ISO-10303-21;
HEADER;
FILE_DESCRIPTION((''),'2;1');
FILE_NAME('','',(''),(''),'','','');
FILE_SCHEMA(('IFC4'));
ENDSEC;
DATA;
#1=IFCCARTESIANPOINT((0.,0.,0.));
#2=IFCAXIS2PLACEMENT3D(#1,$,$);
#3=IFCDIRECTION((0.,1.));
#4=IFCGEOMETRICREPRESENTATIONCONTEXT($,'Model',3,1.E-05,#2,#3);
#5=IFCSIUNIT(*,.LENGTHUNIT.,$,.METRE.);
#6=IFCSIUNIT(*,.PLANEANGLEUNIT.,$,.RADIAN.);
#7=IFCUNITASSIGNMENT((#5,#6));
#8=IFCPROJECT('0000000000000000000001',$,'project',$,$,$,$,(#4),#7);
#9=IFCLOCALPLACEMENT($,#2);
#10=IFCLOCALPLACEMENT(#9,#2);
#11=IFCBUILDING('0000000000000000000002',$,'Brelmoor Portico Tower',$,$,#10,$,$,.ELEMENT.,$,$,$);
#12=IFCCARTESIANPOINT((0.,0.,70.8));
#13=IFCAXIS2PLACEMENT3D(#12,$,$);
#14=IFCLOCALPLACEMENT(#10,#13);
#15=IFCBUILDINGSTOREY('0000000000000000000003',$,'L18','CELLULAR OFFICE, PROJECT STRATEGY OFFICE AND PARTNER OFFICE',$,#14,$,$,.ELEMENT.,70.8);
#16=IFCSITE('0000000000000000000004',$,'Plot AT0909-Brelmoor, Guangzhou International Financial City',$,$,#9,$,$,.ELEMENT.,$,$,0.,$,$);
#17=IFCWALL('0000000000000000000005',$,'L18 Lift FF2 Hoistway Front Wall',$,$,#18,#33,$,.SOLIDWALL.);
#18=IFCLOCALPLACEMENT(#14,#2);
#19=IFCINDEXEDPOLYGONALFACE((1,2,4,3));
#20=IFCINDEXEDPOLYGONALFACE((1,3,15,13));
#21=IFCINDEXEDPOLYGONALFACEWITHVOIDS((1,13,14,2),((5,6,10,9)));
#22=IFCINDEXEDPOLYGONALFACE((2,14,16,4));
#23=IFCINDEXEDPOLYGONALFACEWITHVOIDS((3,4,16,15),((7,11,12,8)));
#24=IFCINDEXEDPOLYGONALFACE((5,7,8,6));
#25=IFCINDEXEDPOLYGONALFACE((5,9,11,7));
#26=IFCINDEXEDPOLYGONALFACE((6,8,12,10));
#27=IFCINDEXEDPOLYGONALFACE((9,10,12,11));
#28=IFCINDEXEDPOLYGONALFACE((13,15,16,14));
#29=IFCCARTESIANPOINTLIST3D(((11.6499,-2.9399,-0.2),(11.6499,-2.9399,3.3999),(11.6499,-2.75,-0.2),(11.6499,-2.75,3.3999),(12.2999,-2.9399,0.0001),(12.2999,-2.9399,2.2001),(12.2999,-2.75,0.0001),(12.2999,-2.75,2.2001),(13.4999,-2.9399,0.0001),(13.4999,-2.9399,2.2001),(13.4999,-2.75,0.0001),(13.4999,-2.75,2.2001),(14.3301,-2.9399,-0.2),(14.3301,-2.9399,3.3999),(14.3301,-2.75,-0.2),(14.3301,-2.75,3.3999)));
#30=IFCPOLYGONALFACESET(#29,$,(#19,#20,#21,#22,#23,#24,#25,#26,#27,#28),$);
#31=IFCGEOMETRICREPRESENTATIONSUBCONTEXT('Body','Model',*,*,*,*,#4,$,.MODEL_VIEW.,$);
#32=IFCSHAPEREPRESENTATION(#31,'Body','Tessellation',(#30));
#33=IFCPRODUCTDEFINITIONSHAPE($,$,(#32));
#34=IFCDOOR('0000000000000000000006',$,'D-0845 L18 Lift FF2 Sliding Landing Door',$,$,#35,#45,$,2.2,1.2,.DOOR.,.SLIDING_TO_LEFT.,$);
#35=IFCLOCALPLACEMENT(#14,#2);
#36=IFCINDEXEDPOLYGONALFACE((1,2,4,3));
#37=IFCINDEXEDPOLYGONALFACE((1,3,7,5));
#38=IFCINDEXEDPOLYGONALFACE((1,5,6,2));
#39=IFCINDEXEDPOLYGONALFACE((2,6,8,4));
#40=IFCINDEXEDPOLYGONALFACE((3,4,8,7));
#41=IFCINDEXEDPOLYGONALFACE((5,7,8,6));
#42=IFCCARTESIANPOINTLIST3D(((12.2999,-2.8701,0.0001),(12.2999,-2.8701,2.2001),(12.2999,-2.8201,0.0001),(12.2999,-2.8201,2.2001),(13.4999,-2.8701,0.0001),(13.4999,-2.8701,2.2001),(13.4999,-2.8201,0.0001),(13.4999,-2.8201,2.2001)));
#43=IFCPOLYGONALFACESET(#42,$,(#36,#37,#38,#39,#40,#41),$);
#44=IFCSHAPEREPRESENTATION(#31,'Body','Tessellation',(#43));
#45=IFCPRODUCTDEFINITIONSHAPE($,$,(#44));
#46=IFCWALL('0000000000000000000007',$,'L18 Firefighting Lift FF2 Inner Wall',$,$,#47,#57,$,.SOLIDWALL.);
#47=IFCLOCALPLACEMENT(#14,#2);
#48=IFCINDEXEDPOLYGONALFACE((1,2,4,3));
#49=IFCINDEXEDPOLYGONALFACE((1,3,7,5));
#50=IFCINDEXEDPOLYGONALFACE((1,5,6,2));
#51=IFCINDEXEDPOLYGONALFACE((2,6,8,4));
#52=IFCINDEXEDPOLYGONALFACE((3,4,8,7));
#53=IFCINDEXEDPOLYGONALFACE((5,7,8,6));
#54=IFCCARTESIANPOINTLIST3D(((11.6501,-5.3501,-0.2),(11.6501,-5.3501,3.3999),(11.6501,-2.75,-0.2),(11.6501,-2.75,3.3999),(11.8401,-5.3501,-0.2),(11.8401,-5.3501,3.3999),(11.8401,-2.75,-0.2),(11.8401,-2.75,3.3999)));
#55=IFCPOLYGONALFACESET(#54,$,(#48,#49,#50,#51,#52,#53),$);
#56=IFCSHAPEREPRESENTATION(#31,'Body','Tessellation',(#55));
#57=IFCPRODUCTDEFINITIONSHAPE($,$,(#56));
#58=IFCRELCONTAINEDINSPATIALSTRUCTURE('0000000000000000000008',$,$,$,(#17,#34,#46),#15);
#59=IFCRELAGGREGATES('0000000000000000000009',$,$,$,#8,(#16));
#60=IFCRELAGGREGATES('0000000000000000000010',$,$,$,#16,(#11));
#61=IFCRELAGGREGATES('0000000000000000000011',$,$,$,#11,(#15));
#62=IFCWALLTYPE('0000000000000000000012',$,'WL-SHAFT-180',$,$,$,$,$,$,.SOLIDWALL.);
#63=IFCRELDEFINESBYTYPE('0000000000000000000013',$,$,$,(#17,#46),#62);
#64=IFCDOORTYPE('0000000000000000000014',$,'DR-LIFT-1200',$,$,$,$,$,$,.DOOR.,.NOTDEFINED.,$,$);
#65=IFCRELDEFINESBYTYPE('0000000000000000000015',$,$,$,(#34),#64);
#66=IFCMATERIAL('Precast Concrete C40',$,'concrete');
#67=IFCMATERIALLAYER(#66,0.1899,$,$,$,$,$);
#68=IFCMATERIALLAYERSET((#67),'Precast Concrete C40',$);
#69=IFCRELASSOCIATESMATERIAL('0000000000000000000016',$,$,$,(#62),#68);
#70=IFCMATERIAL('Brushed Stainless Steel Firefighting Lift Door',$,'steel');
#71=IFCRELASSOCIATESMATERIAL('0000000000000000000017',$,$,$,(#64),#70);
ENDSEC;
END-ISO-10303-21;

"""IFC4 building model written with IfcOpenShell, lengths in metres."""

from ifc_helpers import new_model, si_unit, direction, frame, frame_2d, origin, place, context, subcontext, project, spatial, rectangle, extrude, material, layer, layer_set, type_object, element, fill, save


model = new_model("IFC4")

# Units and contexts
model_context = context("Model", 3, precision=1e-05, world=origin(), true_north=direction((0.0, 1.0)))
body_context = subcontext(model_context, "Body", "Model", "MODEL_VIEW")
ifc_project = project(units=[si_unit("LENGTHUNIT", "METRE"), si_unit("PLANEANGLEUNIT", "RADIAN")], contexts=[model_context])

# Site, building, storey
site_placement = place(None, origin())
site = spatial("IfcSite", under=ifc_project, at=site_placement, Name="Plot AT0909-Brelmoor, Guangzhou International Financial City", CompositionType="ELEMENT", RefElevation=0.0)
building_placement = place(site_placement, origin())
building = spatial("IfcBuilding", under=site, at=building_placement, Name="Brelmoor Portico Tower", CompositionType="ELEMENT")
storey_placement = place(building_placement, frame((0.0, 0.0, 70.8)))
storey = spatial("IfcBuildingStorey", under=building, at=storey_placement, Name="L18", Description="CELLULAR OFFICE, PROJECT STRATEGY OFFICE AND PARTNER OFFICE", CompositionType="ELEMENT", Elevation=70.8)

# Wall, opening, door
ifc_material_1 = material(Name="Precast Concrete C40", Category="concrete")
ifc_layer_1 = layer(ifc_material_1, 0.1899)
ifc_layer_set_1 = layer_set([ifc_layer_1], Name="Precast Concrete C40")
wall_type_1 = type_object("IfcWallType", Name="WL-SHAFT-180", PredefinedType="SOLIDWALL", material=ifc_layer_set_1)
wall_1_placement = place(storey_placement, frame((11.6499, -2.845, -0.2), z_axis=(0.0, 0.0, 1.0), x_axis=(1.0, 0.0, 0.0)))
wall_1 = element("IfcWall", 1, at=wall_1_placement, inside=storey, type_object=wall_type_1, Name="L18 Lift FF2 Hoistway Front Wall", PredefinedType="SOLIDWALL", context=body_context, shape_type="SweptSolid", body=[
    extrude(rectangle(XDim=2.6802, YDim=0.1899, at=frame_2d((1.3401, 0.0))), origin(), (0.0, 0.0, 1.0), 3.5999),
])
opening_1_placement = place(wall_1_placement, frame((0.6499, 0.0, 0.2)))
opening_1 = element("IfcOpeningElement", 2, at=opening_1_placement, cuts=wall_1, PredefinedType="OPENING", context=body_context, shape_type="SweptSolid", body=[
    extrude(rectangle(XDim=1.2, YDim=2.2, at=frame_2d((0.6001, 1.1001))), frame((0.0, 0.105, 0.0), z_axis=(0.0, -1.0, 0.0), x_axis=(1.0, 0.0, 0.0)), (0.0, 0.0, 1.0), 0.21),
])
ifc_material_2 = material(Name="Brushed Stainless Steel Firefighting Lift Door", Category="steel")
door_type_1 = type_object("IfcDoorType", Name="DR-LIFT-1200", OperationType="NOTDEFINED", PredefinedType="DOOR", material=ifc_material_2)
door_1_placement = place(opening_1_placement, origin())
door_1 = element("IfcDoor", 3, at=door_1_placement, inside=storey, type_object=door_type_1, Name="D-0845 L18 Lift FF2 Sliding Landing Door", OperationType="SLIDING_TO_LEFT", OverallHeight=2.2, OverallWidth=1.2, PredefinedType="DOOR", context=body_context, shape_type="SweptSolid", body=[
    extrude(rectangle(XDim=1.2, YDim=2.2, at=frame_2d((0.6001, 1.1001))), frame((0.0, 0.0249, 0.0), z_axis=(0.0, -1.0, 0.0), x_axis=(1.0, 0.0, 0.0)), (0.0, 0.0, 1.0), 0.05),
])
fill(opening_1, door_1)

# Wall
wall_2_placement = place(storey_placement, frame((11.7451, -5.3501, -0.2), z_axis=(0.0, 0.0, 1.0), x_axis=(0.0, 1.0, 0.0)))
element("IfcWall", 4, at=wall_2_placement, inside=storey, type_object=wall_type_1, Name="L18 Firefighting Lift FF2 Inner Wall", PredefinedType="SOLIDWALL", context=body_context, shape_type="SweptSolid", body=[
    extrude(rectangle(XDim=2.6001, YDim=0.1899, at=frame_2d((1.3, 0.0))), origin(), (0.0, 0.0, 1.0), 3.5999),
])

save(model, "model.ifc")
